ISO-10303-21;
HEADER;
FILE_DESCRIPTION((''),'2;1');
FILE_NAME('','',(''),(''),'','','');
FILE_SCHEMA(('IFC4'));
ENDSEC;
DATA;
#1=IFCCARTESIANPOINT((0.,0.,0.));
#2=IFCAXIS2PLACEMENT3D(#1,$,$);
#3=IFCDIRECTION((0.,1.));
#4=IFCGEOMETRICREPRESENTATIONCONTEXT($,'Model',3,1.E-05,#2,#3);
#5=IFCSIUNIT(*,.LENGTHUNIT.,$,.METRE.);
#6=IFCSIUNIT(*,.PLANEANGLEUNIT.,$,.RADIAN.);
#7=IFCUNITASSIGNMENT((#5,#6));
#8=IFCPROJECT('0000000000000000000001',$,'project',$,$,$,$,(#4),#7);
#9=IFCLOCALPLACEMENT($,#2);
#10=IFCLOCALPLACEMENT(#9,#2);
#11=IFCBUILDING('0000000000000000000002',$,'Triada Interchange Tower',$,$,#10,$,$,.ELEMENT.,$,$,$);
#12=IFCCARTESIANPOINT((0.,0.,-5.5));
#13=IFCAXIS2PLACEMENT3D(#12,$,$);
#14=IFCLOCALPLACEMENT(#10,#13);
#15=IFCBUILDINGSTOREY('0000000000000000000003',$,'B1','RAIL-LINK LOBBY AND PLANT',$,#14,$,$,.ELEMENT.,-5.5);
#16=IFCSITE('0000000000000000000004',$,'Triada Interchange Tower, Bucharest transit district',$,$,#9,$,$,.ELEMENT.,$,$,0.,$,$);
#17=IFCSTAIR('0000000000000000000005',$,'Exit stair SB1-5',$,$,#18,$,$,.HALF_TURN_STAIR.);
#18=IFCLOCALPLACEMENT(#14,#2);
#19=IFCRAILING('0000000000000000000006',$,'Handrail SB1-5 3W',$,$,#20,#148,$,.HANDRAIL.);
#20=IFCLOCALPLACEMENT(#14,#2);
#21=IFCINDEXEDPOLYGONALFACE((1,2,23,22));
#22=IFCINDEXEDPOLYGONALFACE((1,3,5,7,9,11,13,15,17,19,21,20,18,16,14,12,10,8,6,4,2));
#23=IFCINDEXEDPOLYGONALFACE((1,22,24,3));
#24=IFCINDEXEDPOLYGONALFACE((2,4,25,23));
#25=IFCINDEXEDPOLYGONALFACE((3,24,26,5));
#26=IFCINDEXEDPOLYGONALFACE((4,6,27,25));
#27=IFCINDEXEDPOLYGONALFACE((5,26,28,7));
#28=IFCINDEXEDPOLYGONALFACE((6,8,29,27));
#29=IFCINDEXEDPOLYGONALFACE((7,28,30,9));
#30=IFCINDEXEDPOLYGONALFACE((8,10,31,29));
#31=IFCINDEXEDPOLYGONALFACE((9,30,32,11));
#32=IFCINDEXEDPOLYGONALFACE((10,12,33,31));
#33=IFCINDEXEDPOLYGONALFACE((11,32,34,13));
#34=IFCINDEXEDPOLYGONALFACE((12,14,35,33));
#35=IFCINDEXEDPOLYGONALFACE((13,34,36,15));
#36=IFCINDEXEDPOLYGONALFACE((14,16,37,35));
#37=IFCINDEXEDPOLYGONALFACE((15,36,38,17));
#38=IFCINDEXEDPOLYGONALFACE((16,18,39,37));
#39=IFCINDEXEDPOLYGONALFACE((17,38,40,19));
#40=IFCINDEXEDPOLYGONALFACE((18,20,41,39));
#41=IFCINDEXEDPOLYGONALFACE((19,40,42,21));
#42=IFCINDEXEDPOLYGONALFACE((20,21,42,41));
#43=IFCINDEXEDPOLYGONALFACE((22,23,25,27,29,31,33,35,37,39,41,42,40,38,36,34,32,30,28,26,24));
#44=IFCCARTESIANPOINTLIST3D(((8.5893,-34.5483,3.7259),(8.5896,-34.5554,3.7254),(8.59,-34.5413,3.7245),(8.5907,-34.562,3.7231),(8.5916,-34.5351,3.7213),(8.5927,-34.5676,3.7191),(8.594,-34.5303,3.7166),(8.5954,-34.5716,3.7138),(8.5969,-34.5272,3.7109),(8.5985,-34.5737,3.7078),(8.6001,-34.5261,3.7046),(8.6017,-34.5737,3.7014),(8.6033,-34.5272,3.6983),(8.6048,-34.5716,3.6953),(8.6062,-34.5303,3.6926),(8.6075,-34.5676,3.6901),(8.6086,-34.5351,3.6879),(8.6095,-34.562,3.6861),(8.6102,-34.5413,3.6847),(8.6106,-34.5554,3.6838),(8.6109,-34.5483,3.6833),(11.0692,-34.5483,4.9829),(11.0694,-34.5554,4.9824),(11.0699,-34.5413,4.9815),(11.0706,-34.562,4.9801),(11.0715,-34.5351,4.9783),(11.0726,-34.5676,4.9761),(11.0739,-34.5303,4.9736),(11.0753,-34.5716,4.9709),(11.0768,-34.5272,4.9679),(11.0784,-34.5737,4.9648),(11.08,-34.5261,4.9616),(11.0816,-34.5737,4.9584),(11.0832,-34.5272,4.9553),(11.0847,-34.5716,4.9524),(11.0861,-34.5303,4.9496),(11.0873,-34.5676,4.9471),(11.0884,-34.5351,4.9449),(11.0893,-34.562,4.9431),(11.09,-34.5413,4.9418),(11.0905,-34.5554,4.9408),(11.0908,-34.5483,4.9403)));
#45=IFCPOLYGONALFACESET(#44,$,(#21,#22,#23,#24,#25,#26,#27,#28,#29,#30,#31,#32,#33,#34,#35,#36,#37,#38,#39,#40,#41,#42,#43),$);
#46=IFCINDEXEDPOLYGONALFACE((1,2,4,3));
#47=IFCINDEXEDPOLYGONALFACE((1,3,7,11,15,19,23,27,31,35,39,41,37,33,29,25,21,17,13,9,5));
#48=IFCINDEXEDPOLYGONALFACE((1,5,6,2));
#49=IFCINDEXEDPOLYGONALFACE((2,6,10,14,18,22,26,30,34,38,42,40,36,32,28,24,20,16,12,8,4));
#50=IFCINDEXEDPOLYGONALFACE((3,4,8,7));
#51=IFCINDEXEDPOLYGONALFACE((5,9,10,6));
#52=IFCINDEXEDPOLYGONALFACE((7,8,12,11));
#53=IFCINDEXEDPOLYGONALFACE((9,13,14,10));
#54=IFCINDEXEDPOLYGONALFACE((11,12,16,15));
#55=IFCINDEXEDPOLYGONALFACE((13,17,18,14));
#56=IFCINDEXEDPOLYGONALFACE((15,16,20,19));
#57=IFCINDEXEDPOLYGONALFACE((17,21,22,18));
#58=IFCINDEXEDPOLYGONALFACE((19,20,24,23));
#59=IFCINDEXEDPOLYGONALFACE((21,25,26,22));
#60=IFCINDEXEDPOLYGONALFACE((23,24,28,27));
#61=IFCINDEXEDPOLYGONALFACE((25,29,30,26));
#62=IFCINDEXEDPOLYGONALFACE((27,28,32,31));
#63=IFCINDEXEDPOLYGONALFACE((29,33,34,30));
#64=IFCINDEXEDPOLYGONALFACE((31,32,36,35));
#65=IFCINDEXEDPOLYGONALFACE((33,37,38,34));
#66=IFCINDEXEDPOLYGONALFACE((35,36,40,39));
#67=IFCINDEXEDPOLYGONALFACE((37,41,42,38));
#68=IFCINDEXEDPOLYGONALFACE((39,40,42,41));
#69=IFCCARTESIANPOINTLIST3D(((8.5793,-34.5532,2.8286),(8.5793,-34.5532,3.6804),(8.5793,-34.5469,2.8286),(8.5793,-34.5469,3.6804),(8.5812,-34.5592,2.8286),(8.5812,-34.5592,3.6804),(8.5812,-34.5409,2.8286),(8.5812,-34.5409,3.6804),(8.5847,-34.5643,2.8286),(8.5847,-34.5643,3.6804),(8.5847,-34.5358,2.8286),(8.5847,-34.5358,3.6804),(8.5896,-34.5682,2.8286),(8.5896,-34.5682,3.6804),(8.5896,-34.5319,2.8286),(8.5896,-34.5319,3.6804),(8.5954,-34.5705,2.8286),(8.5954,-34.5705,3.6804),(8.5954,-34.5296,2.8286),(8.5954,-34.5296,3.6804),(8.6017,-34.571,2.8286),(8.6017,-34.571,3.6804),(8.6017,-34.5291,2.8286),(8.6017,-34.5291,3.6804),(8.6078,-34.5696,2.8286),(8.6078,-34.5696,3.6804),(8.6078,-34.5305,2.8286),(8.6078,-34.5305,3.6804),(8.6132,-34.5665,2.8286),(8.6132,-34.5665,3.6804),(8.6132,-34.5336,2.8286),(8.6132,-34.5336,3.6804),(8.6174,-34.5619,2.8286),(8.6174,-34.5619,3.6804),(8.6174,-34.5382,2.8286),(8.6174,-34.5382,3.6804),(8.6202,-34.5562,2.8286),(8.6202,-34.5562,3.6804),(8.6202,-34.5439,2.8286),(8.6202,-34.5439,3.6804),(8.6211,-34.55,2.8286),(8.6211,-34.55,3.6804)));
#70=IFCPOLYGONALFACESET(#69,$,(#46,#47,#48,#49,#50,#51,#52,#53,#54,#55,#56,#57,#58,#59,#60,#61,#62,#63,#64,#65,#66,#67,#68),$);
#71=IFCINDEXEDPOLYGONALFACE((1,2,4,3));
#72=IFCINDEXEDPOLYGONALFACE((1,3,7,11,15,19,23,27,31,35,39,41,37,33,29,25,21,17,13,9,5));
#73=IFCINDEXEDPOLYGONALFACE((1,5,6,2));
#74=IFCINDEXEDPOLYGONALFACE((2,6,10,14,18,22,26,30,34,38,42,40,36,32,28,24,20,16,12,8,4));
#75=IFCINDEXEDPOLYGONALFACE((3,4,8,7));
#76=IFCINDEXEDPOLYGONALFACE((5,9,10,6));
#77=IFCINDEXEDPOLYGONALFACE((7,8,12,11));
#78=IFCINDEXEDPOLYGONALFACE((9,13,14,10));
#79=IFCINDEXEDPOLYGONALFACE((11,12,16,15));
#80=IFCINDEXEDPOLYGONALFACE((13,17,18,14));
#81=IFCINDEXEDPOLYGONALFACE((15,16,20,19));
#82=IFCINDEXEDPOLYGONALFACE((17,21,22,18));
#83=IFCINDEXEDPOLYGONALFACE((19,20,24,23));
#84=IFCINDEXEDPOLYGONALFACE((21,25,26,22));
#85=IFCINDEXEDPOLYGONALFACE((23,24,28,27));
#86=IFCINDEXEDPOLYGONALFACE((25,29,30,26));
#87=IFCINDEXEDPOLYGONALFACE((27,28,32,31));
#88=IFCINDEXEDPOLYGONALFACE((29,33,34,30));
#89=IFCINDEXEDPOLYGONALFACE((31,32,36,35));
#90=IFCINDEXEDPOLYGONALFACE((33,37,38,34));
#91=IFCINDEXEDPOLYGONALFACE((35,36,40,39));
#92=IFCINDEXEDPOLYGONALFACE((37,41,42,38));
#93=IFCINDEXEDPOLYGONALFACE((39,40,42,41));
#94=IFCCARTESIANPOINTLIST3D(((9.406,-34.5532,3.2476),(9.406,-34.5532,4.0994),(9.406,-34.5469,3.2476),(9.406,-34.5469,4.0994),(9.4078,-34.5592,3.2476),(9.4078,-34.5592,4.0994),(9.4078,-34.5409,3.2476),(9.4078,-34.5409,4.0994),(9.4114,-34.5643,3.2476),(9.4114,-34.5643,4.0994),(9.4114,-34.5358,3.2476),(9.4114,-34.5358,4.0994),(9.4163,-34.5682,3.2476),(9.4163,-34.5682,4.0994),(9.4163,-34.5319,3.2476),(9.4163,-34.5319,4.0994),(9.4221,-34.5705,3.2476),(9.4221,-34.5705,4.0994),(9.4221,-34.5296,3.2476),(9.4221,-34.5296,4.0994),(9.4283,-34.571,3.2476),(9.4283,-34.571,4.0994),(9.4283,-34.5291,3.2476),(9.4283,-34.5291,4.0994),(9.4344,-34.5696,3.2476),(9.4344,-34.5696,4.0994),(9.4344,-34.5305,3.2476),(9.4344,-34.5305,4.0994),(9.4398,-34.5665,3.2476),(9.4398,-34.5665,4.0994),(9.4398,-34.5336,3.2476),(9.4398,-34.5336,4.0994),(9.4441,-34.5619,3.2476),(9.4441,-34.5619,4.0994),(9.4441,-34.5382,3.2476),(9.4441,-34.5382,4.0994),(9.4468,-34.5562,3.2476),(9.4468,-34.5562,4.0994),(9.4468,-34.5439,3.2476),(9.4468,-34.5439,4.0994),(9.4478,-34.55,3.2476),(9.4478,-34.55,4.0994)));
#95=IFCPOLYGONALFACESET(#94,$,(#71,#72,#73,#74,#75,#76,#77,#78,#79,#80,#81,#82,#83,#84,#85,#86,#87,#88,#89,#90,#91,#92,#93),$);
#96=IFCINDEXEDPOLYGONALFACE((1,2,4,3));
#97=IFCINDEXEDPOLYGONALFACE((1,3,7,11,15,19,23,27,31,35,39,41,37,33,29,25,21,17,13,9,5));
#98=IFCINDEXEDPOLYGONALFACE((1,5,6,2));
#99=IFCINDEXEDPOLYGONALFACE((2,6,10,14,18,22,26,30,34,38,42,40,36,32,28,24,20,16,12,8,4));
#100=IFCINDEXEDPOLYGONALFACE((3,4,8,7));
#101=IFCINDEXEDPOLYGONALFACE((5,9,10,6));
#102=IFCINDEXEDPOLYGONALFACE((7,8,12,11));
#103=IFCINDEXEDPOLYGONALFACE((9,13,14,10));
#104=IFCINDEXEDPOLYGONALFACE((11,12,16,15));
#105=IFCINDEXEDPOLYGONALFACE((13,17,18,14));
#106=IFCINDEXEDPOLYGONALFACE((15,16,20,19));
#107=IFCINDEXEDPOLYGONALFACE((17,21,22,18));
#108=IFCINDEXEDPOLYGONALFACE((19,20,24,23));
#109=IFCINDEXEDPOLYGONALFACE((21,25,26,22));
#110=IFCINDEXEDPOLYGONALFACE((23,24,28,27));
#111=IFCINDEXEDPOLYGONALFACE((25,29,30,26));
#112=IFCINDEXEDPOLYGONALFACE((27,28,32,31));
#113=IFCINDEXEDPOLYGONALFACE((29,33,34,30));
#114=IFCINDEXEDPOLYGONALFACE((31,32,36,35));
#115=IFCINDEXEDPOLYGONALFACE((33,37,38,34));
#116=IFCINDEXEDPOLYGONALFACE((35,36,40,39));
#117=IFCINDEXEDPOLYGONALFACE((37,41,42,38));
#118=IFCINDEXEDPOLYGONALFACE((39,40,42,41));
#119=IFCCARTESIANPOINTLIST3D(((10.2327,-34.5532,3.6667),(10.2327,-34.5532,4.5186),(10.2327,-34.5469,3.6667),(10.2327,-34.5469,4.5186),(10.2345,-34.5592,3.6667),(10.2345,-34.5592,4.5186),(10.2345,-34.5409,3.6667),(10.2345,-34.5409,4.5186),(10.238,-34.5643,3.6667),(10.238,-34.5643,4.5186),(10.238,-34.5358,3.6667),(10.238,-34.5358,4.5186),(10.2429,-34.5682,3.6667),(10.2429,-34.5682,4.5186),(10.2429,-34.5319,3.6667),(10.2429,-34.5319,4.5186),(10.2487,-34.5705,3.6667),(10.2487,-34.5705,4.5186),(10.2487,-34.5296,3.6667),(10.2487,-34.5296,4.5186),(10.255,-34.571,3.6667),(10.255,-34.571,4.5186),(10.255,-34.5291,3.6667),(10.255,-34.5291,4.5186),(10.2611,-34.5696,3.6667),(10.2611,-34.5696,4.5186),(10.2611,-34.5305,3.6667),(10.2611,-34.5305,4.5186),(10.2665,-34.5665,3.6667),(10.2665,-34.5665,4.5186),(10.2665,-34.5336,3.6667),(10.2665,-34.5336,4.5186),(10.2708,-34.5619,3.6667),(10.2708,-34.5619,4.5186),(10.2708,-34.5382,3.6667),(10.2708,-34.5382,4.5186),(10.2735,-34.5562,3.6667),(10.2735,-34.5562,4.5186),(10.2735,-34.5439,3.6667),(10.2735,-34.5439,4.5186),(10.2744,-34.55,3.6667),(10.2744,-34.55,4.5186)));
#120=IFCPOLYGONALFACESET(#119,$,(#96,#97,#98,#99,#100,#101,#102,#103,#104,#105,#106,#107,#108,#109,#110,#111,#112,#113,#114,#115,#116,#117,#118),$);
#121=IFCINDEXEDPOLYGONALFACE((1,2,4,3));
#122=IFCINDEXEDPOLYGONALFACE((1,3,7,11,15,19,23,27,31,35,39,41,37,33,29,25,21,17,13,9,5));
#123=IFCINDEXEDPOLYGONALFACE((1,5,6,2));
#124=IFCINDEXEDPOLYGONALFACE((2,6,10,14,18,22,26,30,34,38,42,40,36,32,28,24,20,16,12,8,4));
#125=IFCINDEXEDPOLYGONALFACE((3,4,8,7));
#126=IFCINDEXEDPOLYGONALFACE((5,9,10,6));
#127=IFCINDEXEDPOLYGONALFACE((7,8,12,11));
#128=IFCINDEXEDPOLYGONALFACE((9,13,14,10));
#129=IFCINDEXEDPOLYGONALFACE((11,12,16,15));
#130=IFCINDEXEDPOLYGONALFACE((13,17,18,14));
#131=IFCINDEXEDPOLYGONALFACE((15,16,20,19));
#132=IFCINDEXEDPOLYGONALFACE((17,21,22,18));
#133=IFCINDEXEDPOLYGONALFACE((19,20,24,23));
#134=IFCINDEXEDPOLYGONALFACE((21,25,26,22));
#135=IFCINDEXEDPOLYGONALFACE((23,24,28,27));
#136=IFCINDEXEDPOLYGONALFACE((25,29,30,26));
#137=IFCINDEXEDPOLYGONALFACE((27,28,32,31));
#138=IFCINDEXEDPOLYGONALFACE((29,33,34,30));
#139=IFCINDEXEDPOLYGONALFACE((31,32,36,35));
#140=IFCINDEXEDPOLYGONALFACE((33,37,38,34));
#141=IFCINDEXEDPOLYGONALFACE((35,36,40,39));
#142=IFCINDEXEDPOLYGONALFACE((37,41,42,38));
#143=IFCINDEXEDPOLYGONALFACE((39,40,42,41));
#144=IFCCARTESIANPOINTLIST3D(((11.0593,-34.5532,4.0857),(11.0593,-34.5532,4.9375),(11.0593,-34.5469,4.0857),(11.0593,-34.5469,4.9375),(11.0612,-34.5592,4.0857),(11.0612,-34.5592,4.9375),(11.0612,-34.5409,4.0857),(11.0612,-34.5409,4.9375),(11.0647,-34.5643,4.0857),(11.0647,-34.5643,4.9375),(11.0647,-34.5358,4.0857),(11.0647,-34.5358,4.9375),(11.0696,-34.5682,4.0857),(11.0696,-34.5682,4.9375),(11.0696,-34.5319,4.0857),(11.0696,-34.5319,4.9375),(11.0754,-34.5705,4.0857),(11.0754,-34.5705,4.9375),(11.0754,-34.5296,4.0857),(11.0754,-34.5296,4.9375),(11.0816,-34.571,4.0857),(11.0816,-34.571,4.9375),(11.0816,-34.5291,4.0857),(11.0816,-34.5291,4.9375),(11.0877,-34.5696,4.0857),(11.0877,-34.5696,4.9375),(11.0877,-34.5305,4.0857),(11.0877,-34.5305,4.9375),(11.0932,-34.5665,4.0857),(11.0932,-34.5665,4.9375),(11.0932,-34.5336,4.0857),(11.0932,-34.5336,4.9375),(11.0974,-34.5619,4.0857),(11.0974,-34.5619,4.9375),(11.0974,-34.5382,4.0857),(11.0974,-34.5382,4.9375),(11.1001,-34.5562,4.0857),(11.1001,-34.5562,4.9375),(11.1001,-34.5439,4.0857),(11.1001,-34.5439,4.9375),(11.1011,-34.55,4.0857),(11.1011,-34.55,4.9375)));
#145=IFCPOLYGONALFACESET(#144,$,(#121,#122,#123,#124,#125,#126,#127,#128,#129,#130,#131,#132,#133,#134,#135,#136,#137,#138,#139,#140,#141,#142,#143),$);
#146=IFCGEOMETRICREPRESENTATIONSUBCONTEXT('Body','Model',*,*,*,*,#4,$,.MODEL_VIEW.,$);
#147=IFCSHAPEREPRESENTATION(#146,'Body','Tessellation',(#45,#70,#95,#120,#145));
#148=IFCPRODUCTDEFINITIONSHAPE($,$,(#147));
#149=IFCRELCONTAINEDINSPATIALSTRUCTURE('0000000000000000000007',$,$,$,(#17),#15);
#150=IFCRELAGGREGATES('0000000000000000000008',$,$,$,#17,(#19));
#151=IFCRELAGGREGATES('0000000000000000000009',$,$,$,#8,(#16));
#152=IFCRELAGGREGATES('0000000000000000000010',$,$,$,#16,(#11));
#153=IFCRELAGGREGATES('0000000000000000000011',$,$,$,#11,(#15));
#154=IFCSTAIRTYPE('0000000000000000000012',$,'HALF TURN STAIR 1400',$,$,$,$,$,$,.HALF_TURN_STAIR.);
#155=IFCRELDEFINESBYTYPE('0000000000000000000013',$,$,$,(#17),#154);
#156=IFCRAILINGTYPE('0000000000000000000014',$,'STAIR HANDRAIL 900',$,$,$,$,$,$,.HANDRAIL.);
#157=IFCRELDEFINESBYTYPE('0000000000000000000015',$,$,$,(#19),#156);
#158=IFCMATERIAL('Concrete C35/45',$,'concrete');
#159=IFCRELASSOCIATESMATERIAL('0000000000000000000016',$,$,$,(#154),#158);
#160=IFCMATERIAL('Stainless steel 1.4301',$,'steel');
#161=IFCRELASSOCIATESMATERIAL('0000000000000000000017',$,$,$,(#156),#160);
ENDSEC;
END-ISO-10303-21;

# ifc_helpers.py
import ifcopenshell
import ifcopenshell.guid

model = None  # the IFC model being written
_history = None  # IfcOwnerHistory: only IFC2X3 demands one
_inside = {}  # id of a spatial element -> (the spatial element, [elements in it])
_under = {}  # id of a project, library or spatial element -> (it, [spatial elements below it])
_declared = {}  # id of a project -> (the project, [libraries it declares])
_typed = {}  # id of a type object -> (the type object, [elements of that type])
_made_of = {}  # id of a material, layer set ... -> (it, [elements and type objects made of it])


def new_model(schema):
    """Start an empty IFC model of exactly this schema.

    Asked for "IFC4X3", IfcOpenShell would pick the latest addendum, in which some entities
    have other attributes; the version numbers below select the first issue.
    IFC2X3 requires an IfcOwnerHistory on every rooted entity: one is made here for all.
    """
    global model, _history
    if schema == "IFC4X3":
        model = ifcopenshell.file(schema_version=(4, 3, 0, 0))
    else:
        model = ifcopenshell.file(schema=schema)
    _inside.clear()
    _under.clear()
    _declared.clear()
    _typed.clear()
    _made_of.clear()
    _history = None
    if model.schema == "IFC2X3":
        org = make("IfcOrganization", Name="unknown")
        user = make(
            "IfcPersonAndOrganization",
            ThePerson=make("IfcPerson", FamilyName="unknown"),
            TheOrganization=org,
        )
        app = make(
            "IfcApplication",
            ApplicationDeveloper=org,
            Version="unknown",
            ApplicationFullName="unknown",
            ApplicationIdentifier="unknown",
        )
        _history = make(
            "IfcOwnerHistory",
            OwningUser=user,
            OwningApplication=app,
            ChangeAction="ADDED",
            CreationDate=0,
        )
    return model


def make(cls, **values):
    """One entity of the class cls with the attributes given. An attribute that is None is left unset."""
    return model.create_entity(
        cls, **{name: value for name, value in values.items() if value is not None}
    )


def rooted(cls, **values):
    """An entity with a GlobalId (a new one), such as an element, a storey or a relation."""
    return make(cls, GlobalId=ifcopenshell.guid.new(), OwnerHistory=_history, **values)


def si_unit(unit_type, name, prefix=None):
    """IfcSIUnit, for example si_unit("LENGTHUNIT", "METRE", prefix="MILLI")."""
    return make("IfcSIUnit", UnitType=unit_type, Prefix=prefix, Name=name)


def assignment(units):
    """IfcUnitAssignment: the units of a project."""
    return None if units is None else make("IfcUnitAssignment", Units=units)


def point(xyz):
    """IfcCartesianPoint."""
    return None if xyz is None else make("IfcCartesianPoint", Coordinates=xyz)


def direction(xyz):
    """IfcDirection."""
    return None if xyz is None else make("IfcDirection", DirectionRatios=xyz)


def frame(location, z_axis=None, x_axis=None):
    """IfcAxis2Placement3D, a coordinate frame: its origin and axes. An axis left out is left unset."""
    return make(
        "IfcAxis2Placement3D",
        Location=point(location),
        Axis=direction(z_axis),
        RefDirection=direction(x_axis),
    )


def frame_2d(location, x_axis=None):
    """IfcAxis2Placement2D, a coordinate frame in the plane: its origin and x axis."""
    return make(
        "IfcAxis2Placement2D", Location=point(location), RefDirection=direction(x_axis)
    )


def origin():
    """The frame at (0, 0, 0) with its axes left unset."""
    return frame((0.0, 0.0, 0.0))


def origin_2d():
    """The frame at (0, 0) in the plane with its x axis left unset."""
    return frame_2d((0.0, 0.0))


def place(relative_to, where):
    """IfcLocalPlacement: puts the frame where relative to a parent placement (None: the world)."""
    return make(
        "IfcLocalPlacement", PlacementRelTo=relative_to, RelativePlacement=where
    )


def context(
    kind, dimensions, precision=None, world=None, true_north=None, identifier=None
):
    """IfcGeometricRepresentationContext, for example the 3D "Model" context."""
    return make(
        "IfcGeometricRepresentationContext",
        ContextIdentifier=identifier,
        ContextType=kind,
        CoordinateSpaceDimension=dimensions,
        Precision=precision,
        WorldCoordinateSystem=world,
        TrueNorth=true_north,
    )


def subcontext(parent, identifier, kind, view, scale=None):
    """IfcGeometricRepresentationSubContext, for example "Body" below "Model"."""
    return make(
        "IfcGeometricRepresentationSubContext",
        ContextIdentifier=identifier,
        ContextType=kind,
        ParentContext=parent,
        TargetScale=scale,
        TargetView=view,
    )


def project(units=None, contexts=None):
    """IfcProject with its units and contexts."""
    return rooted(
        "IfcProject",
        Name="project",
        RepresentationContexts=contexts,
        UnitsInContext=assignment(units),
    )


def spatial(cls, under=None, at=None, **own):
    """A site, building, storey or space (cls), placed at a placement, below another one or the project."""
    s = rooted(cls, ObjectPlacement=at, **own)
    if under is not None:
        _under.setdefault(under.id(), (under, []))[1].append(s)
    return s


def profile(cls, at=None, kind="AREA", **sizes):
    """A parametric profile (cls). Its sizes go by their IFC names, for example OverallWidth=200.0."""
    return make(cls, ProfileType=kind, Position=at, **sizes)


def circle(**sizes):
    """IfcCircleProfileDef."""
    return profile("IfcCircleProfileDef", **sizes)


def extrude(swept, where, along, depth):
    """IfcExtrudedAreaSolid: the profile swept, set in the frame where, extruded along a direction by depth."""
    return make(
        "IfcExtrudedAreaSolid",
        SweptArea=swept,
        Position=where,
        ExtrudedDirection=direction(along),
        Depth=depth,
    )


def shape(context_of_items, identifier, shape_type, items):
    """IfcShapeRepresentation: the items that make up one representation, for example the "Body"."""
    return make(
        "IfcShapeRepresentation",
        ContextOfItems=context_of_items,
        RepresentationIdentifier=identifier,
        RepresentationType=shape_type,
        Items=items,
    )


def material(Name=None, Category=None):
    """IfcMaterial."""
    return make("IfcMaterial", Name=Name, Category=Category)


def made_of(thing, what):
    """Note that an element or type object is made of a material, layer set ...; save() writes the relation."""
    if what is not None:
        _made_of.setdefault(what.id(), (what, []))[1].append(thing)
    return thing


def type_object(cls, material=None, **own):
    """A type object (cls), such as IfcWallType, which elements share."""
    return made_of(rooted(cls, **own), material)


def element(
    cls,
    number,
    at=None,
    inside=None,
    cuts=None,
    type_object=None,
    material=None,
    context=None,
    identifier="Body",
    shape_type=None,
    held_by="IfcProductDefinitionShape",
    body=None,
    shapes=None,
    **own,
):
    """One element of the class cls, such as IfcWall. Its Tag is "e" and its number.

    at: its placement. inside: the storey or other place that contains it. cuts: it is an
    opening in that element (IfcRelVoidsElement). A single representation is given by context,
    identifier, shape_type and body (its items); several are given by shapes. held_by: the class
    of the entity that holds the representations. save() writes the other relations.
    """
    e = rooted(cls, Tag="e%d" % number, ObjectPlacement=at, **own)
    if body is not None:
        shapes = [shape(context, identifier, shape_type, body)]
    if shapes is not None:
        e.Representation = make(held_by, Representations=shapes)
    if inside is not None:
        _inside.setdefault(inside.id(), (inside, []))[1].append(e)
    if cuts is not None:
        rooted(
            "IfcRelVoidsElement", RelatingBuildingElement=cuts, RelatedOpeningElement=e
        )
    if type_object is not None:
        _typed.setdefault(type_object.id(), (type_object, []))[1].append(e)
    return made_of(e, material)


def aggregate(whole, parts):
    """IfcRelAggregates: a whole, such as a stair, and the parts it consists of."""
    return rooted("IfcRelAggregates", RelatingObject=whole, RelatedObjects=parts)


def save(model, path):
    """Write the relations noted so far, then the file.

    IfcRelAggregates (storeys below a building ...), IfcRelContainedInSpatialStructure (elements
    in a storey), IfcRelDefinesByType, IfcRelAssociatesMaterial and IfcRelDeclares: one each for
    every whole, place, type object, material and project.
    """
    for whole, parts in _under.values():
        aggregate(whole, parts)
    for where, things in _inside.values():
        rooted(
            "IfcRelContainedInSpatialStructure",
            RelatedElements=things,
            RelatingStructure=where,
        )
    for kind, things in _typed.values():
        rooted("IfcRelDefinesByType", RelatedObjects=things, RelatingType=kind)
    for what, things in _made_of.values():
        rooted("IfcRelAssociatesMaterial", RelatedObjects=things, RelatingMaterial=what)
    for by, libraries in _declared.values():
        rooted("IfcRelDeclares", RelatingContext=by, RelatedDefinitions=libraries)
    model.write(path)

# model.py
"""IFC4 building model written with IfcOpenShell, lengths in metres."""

from ifc_helpers import new_model, si_unit, direction, frame, origin, origin_2d, place, context, subcontext, project, spatial, circle, extrude, material, type_object, element, aggregate, save


model = new_model("IFC4")

# Units and contexts
model_context = context("Model", 3, precision=1e-05, world=origin(), true_north=direction((0.0, 1.0)))
body_context = subcontext(model_context, "Body", "Model", "MODEL_VIEW")
ifc_project = project(units=[si_unit("LENGTHUNIT", "METRE"), si_unit("PLANEANGLEUNIT", "RADIAN")], contexts=[model_context])

# Site, building, storey
site_placement = place(None, origin())
site = spatial("IfcSite", under=ifc_project, at=site_placement, Name="Triada Interchange Tower, Bucharest transit district", CompositionType="ELEMENT", RefElevation=0.0)
building_placement = place(site_placement, origin())
building = spatial("IfcBuilding", under=site, at=building_placement, Name="Triada Interchange Tower", CompositionType="ELEMENT")
storey_placement = place(building_placement, frame((0.0, 0.0, -5.5)))
storey = spatial("IfcBuildingStorey", under=building, at=storey_placement, Name="B1", Description="RAIL-LINK LOBBY AND PLANT", CompositionType="ELEMENT", Elevation=-5.5)

# Shared definitions
ifc_material_1 = material(Name="Concrete C35/45", Category="concrete")

# Stair
stair_type = type_object("IfcStairType", Name="HALF TURN STAIR 1400", PredefinedType="HALF_TURN_STAIR", material=ifc_material_1)
stair_1_placement = place(storey_placement, origin())
stair_1 = element("IfcStair", 1, at=stair_1_placement, inside=storey, type_object=stair_type, Name="Exit stair SB1-5", PredefinedType="HALF_TURN_STAIR")

# Railing
ifc_material_2 = material(Name="Stainless steel 1.4301", Category="steel")
railing_type_1 = type_object("IfcRailingType", Name="STAIR HANDRAIL 900", PredefinedType="HANDRAIL", material=ifc_material_2)
railing_1_placement = place(storey_placement, frame((8.6001, -34.55, 2.8286)))
railing_1 = element("IfcRailing", 2, at=railing_1_placement, type_object=railing_type_1, Name="Handrail SB1-5 3W", PredefinedType="HANDRAIL", context=body_context, shape_type="SweptSolid", body=[
    extrude(circle(Radius=0.0239, at=origin_2d()), frame((0.0, 0.0, 0.876), z_axis=(0.891955, 0.0, 0.452124), x_axis=(0.0, 1.0, 0.0)), (0.0, 0.0, 1.0), 2.7803),
    extrude(circle(Radius=0.021, at=origin_2d()), origin(), (0.0, 0.0, 1.0), 0.8518),
    extrude(circle(Radius=0.021, at=origin_2d()), frame((0.8267, 0.0, 0.4189)), (0.0, 0.0, 1.0), 0.8518),
    extrude(circle(Radius=0.021, at=origin_2d()), frame((1.6533, 0.0, 0.8381)), (0.0, 0.0, 1.0), 0.8518),
    extrude(circle(Radius=0.021, at=origin_2d()), frame((2.48, 0.0, 1.2571)), (0.0, 0.0, 1.0), 0.8518),
])
aggregate(stair_1, [railing_1])

save(model, "model.ifc")
